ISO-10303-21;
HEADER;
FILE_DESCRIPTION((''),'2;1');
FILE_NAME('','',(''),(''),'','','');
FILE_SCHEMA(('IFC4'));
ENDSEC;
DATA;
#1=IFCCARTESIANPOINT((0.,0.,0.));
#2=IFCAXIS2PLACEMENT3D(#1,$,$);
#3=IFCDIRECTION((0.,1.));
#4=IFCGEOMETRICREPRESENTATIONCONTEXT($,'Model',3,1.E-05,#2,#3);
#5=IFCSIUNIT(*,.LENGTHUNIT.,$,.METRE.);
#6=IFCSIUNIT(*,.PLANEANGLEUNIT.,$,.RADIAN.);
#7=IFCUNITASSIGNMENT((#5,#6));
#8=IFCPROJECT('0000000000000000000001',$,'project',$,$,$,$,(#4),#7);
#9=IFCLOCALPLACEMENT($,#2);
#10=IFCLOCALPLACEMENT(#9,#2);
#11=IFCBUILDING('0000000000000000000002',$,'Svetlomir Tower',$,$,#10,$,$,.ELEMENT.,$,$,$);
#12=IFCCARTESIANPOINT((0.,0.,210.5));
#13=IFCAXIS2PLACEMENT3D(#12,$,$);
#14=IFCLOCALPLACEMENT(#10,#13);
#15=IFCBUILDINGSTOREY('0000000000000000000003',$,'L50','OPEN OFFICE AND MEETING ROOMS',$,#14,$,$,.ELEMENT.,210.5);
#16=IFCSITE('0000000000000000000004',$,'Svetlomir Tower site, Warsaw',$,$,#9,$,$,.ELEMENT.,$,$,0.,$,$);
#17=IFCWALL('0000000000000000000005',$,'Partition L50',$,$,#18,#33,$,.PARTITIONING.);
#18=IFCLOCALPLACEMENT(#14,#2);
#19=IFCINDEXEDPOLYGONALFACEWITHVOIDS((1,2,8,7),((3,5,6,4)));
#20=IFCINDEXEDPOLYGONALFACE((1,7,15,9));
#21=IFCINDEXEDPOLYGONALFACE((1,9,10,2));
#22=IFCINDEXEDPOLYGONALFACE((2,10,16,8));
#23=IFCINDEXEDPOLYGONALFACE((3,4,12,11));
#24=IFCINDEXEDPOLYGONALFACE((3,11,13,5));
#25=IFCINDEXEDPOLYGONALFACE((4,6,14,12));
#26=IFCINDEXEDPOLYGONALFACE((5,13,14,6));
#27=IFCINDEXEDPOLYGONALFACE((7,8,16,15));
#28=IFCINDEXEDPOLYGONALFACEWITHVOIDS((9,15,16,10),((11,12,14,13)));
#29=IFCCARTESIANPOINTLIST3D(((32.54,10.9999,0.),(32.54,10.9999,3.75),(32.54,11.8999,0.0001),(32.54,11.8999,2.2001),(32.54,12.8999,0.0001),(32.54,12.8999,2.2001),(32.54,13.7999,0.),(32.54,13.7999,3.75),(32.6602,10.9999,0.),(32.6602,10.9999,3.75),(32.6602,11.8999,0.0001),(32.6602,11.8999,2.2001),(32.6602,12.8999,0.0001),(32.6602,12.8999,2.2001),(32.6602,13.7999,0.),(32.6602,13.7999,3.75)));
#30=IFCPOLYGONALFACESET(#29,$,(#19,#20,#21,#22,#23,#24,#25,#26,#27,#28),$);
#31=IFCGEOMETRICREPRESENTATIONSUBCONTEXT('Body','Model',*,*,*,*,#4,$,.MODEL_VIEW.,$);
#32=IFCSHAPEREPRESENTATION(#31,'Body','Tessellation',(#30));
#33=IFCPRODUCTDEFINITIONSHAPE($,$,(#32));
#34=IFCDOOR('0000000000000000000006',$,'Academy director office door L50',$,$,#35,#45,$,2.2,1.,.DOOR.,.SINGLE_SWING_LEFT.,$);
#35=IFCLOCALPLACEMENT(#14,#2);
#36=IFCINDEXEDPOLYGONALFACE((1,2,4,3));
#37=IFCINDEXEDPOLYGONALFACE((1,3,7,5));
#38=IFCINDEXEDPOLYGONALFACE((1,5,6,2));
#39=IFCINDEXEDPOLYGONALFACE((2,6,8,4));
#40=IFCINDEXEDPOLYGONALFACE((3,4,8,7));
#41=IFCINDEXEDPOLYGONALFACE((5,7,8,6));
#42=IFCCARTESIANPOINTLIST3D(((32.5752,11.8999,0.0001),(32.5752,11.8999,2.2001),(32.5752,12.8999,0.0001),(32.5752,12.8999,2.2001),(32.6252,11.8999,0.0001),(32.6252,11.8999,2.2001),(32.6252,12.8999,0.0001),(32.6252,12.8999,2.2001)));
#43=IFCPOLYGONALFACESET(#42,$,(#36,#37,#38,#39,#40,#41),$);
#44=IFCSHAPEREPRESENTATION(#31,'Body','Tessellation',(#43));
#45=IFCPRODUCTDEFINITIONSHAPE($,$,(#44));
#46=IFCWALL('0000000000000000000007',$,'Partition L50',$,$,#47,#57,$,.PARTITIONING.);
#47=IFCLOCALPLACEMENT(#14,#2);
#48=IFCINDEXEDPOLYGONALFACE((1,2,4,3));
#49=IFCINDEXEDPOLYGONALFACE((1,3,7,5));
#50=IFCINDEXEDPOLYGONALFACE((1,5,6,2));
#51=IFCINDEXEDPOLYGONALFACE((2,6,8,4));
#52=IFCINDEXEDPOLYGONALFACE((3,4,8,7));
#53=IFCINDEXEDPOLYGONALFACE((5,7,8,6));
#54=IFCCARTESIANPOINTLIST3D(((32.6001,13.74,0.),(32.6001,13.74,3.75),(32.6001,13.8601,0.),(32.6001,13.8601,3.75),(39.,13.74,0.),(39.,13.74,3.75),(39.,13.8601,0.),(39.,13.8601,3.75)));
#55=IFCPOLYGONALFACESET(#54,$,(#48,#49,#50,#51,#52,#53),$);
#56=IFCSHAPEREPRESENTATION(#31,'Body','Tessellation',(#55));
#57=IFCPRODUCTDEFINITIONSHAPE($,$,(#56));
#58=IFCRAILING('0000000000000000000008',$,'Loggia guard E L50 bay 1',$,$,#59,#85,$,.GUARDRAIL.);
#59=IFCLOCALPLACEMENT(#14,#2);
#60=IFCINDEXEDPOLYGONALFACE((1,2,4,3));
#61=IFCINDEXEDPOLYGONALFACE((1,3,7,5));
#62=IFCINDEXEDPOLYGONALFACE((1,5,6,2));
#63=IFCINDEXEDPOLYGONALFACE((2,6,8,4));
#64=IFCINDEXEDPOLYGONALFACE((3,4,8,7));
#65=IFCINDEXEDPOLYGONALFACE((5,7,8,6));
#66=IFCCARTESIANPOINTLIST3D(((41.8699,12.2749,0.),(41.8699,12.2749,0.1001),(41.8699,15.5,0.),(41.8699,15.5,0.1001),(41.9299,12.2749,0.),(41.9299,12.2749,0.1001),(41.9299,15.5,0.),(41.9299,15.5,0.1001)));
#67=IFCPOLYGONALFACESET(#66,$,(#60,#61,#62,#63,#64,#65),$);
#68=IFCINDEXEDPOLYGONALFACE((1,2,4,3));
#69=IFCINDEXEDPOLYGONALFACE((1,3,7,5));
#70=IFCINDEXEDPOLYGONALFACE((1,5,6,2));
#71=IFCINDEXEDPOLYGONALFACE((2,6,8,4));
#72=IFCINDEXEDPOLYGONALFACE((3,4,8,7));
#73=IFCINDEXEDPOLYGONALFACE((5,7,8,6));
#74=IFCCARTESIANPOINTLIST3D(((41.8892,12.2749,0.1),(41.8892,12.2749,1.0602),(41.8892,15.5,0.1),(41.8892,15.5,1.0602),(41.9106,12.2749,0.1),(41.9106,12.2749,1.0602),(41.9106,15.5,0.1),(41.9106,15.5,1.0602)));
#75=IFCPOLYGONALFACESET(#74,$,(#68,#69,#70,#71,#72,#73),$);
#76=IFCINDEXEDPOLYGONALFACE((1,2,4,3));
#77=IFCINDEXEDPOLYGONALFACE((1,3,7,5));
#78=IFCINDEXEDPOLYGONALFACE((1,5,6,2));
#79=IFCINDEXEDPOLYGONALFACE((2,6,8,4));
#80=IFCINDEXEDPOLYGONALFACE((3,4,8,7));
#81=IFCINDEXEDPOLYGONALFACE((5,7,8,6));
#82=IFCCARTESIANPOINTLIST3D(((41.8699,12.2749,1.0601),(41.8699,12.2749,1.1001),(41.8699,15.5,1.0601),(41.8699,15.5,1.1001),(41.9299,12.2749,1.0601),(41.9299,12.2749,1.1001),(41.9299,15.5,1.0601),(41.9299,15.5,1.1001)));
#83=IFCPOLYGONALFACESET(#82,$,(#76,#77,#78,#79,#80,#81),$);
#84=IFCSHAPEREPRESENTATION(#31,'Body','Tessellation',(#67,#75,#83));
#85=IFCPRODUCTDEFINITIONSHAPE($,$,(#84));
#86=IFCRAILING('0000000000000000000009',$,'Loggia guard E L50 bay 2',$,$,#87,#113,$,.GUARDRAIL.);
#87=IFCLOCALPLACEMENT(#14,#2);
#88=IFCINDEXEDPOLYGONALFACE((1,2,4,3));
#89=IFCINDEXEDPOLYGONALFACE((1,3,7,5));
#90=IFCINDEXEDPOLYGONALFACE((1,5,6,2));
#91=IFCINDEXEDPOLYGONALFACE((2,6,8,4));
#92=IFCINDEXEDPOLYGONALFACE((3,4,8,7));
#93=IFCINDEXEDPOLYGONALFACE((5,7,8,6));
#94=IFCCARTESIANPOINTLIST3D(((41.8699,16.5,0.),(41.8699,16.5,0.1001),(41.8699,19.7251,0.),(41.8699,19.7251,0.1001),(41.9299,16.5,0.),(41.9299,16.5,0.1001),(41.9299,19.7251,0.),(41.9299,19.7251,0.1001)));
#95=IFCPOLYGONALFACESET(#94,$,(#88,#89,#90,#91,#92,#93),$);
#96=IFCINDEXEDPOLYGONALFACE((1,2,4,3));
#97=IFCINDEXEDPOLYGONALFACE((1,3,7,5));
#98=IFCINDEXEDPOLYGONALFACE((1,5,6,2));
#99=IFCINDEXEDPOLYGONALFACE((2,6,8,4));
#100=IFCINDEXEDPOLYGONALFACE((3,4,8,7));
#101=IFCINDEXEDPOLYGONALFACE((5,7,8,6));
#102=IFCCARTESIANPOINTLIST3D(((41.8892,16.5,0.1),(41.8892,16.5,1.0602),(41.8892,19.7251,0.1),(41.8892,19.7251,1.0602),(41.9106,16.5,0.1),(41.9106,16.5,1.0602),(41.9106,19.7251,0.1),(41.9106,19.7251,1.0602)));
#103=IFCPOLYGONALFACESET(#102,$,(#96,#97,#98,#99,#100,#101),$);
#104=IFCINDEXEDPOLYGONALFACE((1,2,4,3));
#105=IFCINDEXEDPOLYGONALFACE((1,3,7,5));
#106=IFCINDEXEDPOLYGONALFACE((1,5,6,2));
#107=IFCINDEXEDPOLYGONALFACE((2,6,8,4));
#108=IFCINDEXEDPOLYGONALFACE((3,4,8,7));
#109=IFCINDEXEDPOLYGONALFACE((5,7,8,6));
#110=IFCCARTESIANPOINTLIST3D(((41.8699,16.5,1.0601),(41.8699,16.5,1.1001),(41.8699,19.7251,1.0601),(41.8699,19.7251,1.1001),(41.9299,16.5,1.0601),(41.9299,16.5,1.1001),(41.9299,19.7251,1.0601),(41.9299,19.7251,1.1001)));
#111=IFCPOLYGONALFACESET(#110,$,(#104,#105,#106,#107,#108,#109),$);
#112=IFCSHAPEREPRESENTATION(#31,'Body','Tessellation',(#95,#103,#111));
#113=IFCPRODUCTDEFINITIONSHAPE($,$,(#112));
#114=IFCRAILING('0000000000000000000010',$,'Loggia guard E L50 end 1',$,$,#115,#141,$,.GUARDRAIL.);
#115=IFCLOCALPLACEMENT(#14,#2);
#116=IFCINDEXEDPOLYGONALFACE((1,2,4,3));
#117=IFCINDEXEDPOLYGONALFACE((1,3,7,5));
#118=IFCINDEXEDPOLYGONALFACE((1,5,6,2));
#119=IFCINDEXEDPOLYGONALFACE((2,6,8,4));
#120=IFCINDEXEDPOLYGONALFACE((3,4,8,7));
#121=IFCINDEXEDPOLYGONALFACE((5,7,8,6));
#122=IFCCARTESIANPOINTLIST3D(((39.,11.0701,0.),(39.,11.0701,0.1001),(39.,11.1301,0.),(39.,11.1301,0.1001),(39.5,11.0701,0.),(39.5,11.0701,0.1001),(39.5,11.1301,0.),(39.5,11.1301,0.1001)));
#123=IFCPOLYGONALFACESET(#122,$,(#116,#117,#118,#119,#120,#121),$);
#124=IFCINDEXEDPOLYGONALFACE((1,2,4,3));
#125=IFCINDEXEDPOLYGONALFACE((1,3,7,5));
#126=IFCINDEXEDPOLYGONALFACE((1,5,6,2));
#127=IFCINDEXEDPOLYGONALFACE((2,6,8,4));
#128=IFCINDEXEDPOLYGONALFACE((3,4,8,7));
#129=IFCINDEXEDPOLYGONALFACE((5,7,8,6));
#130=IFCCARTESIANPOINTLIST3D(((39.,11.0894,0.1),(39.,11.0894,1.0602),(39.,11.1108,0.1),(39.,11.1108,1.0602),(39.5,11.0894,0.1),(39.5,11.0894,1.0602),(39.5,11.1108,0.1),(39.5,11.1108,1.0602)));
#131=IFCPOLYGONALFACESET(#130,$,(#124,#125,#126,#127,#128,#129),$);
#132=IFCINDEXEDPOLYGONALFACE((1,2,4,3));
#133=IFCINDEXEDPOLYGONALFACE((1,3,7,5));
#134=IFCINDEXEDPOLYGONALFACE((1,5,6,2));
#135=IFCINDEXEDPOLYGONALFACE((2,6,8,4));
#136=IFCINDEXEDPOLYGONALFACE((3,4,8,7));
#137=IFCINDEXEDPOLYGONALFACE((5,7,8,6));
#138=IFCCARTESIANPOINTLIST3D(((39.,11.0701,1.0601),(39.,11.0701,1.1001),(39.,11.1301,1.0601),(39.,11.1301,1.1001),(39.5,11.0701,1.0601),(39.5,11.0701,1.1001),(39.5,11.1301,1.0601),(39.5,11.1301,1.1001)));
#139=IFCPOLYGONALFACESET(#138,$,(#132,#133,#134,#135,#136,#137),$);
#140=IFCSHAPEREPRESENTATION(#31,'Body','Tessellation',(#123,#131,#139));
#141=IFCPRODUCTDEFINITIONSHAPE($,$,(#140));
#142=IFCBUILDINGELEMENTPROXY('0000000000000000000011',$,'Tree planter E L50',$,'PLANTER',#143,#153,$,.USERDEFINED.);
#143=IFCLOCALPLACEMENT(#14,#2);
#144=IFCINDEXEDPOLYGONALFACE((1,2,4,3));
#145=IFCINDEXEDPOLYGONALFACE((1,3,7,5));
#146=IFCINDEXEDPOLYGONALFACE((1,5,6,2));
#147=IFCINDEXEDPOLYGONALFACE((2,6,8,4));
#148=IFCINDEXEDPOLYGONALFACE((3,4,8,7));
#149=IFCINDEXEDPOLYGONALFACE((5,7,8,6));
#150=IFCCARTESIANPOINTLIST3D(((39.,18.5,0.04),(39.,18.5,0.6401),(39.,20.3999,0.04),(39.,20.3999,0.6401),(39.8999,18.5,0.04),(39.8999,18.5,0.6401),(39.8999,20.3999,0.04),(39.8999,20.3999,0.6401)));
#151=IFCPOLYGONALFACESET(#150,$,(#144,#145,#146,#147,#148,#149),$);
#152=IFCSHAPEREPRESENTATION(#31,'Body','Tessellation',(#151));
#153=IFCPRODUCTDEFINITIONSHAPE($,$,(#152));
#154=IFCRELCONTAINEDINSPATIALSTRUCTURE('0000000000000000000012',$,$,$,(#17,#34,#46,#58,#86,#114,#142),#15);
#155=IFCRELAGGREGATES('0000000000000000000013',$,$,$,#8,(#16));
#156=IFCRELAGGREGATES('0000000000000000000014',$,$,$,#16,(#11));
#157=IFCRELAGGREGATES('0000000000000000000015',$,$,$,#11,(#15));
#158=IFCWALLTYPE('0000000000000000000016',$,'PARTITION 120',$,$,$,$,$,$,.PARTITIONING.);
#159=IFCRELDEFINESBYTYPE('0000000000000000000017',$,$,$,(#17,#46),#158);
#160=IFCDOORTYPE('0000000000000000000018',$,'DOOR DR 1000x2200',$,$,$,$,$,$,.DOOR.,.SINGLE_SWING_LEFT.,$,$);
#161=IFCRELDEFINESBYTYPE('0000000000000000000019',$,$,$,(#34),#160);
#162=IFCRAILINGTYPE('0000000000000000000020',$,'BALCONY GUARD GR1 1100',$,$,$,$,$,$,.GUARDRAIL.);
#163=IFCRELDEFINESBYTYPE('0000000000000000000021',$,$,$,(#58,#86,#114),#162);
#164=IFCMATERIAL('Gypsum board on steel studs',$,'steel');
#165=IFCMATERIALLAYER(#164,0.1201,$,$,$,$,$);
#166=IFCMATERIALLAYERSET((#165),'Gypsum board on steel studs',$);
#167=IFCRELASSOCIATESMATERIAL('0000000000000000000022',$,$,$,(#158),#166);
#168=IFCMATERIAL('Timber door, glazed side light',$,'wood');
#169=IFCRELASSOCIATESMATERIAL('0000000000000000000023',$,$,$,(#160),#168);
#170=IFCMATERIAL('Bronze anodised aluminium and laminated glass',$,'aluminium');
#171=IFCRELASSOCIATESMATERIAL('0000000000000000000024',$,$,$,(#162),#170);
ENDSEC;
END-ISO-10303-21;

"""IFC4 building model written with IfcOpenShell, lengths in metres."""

from ifc_helpers import new_model, si_unit, direction, frame, frame_2d, origin, origin_2d, place, context, subcontext, project, spatial, rectangle, extrude, material, layer, layer_set, type_object, element, fill, save


model = new_model("IFC4")

# Units and contexts
model_context = context("Model", 3, precision=1e-05, world=origin(), true_north=direction((0.0, 1.0)))
body_context = subcontext(model_context, "Body", "Model", "MODEL_VIEW")
ifc_project = project(units=[si_unit("LENGTHUNIT", "METRE"), si_unit("PLANEANGLEUNIT", "RADIAN")], contexts=[model_context])

# Site, building, storey
site_placement = place(None, origin())
site = spatial("IfcSite", under=ifc_project, at=site_placement, Name="Svetlomir Tower site, Warsaw", CompositionType="ELEMENT", RefElevation=0.0)
building_placement = place(site_placement, origin())
building = spatial("IfcBuilding", under=site, at=building_placement, Name="Svetlomir Tower", CompositionType="ELEMENT")
storey_placement = place(building_placement, frame((0.0, 0.0, 210.5)))
storey = spatial("IfcBuildingStorey", under=building, at=storey_placement, Name="L50", Description="OPEN OFFICE AND MEETING ROOMS", CompositionType="ELEMENT", Elevation=210.5)

# Wall, opening, door
ifc_material_1 = material(Name="Gypsum board on steel studs", Category="steel")
ifc_layer_1 = layer(ifc_material_1, 0.1201)
ifc_layer_set_1 = layer_set([ifc_layer_1], Name="Gypsum board on steel studs")
wall_type_1 = type_object("IfcWallType", Name="PARTITION 120", PredefinedType="PARTITIONING", material=ifc_layer_set_1)
wall_1_placement = place(storey_placement, frame((32.6001, 11.0, 0.0), z_axis=(0.0, 0.0, 1.0), x_axis=(0.0, 1.0, 0.0)))
wall_1 = element("IfcWall", 1, at=wall_1_placement, inside=storey, type_object=wall_type_1, Name="Partition L50", PredefinedType="PARTITIONING", context=body_context, shape_type="SweptSolid", body=[
    extrude(rectangle(XDim=2.8, YDim=0.1201, at=frame_2d((1.3999, 0.0))), origin(), (0.0, 0.0, 1.0), 3.75),
])
opening_1_placement = place(wall_1_placement, frame((0.8999, 0.0, 0.0)))
opening_1 = element("IfcOpeningElement", 2, at=opening_1_placement, cuts=wall_1, PredefinedType="OPENING", context=body_context, shape_type="SweptSolid", body=[
    extrude(rectangle(XDim=1.0, YDim=2.2, at=frame_2d((0.5, 1.1001))), frame((0.0, 0.0701, 0.0), z_axis=(0.0, -1.0, 0.0), x_axis=(1.0, 0.0, 0.0)), (0.0, 0.0, 1.0), 0.1401),
])
ifc_material_2 = material(Name="Timber door, glazed side light", Category="wood")
door_type_1 = type_object("IfcDoorType", Name="DOOR DR 1000x2200", OperationType="SINGLE_SWING_LEFT", PredefinedType="DOOR", material=ifc_material_2)
door_1_placement = place(opening_1_placement, origin())
door_1 = element("IfcDoor", 3, at=door_1_placement, inside=storey, type_object=door_type_1, Name="Academy director office door L50", OperationType="SINGLE_SWING_LEFT", OverallHeight=2.2, OverallWidth=1.0, PredefinedType="DOOR", context=body_context, shape_type="SweptSolid", body=[
    extrude(rectangle(XDim=1.0, YDim=2.2, at=frame_2d((0.5, 1.1001))), frame((0.0, 0.0249, 0.0), z_axis=(0.0, -1.0, 0.0), x_axis=(1.0, 0.0, 0.0)), (0.0, 0.0, 1.0), 0.05),
])
fill(opening_1, door_1)

# Wall
wall_2_placement = place(storey_placement, frame((32.6001, 13.8, 0.0), z_axis=(0.0, 0.0, 1.0), x_axis=(1.0, 0.0, 0.0)))
element("IfcWall", 4, at=wall_2_placement, inside=storey, type_object=wall_type_1, Name="Partition L50", PredefinedType="PARTITIONING", context=body_context, shape_type="SweptSolid", body=[
    extrude(rectangle(XDim=6.3999, YDim=0.1201, at=frame_2d((3.2, 0.0))), origin(), (0.0, 0.0, 1.0), 3.75),
])

# Railings
ifc_material_3 = material(Name="Bronze anodised aluminium and laminated glass", Category="aluminium")
railing_type = type_object("IfcRailingType", Name="BALCONY GUARD GR1 1100", PredefinedType="GUARDRAIL", material=ifc_material_3)
for number, where, name in (
    (5, (41.8999, 12.2749, 0.0), "Loggia guard E L50 bay 1"),
    (6, (41.8999, 16.5, 0.0), "Loggia guard E L50 bay 2"),
):
    element("IfcRailing", number, at=place(storey_placement, frame(where)), inside=storey, type_object=railing_type, Name=name, PredefinedType="GUARDRAIL", context=body_context, shape_type="SweptSolid", body=[
        extrude(rectangle(XDim=0.0601, YDim=0.1001, at=origin_2d()), frame((0.0, 0.0, 0.05), z_axis=(0.0, 1.0, 0.0), x_axis=(-1.0, 0.0, 0.0)), (0.0, 0.0, 1.0), 3.2251),
        extrude(rectangle(XDim=0.0215, YDim=0.9602, at=origin_2d()), frame((0.0, 0.0, 0.5801), z_axis=(0.0, 1.0, 0.0), x_axis=(-1.0, 0.0, 0.0)), (0.0, 0.0, 1.0), 3.2251),
        extrude(rectangle(XDim=0.0601, YDim=0.04, at=origin_2d()), frame((0.0, 0.0, 1.0801), z_axis=(0.0, 1.0, 0.0), x_axis=(-1.0, 0.0, 0.0)), (0.0, 0.0, 1.0), 3.2251),
    ])
railing_placement = place(storey_placement, frame((39.5, 11.1001, 0.0)))
element("IfcRailing", 7, at=railing_placement, inside=storey, type_object=railing_type, Name="Loggia guard E L50 end 1", PredefinedType="GUARDRAIL", context=body_context, shape_type="SweptSolid", body=[
    extrude(rectangle(XDim=0.0601, YDim=0.1001, at=origin_2d()), frame((0.0, 0.0, 0.05), z_axis=(-1.0, 0.0, 0.0), x_axis=(0.0, -1.0, 0.0)), (0.0, 0.0, 1.0), 0.5),
    extrude(rectangle(XDim=0.0215, YDim=0.9602, at=origin_2d()), frame((0.0, 0.0, 0.5801), z_axis=(-1.0, 0.0, 0.0), x_axis=(0.0, -1.0, 0.0)), (0.0, 0.0, 1.0), 0.5),
    extrude(rectangle(XDim=0.0601, YDim=0.04, at=origin_2d()), frame((0.0, 0.0, 1.0801), z_axis=(-1.0, 0.0, 0.0), x_axis=(0.0, -1.0, 0.0)), (0.0, 0.0, 1.0), 0.5),
])

# Building element proxy
proxy_placement = place(storey_placement, frame((39.45, 19.45, 0.04), z_axis=(0.0, 0.0, 1.0), x_axis=(1.0, 0.0, 0.0)))
element("IfcBuildingElementProxy", 8, at=proxy_placement, inside=storey, Name="Tree planter E L50", ObjectType="PLANTER", PredefinedType="USERDEFINED", context=body_context, shape_type="SweptSolid", body=[
    extrude(rectangle(XDim=0.8999, YDim=1.8999, at=origin_2d()), origin(), (0.0, 0.0, 1.0), 0.6001),
])

save(model, "model.ifc")
